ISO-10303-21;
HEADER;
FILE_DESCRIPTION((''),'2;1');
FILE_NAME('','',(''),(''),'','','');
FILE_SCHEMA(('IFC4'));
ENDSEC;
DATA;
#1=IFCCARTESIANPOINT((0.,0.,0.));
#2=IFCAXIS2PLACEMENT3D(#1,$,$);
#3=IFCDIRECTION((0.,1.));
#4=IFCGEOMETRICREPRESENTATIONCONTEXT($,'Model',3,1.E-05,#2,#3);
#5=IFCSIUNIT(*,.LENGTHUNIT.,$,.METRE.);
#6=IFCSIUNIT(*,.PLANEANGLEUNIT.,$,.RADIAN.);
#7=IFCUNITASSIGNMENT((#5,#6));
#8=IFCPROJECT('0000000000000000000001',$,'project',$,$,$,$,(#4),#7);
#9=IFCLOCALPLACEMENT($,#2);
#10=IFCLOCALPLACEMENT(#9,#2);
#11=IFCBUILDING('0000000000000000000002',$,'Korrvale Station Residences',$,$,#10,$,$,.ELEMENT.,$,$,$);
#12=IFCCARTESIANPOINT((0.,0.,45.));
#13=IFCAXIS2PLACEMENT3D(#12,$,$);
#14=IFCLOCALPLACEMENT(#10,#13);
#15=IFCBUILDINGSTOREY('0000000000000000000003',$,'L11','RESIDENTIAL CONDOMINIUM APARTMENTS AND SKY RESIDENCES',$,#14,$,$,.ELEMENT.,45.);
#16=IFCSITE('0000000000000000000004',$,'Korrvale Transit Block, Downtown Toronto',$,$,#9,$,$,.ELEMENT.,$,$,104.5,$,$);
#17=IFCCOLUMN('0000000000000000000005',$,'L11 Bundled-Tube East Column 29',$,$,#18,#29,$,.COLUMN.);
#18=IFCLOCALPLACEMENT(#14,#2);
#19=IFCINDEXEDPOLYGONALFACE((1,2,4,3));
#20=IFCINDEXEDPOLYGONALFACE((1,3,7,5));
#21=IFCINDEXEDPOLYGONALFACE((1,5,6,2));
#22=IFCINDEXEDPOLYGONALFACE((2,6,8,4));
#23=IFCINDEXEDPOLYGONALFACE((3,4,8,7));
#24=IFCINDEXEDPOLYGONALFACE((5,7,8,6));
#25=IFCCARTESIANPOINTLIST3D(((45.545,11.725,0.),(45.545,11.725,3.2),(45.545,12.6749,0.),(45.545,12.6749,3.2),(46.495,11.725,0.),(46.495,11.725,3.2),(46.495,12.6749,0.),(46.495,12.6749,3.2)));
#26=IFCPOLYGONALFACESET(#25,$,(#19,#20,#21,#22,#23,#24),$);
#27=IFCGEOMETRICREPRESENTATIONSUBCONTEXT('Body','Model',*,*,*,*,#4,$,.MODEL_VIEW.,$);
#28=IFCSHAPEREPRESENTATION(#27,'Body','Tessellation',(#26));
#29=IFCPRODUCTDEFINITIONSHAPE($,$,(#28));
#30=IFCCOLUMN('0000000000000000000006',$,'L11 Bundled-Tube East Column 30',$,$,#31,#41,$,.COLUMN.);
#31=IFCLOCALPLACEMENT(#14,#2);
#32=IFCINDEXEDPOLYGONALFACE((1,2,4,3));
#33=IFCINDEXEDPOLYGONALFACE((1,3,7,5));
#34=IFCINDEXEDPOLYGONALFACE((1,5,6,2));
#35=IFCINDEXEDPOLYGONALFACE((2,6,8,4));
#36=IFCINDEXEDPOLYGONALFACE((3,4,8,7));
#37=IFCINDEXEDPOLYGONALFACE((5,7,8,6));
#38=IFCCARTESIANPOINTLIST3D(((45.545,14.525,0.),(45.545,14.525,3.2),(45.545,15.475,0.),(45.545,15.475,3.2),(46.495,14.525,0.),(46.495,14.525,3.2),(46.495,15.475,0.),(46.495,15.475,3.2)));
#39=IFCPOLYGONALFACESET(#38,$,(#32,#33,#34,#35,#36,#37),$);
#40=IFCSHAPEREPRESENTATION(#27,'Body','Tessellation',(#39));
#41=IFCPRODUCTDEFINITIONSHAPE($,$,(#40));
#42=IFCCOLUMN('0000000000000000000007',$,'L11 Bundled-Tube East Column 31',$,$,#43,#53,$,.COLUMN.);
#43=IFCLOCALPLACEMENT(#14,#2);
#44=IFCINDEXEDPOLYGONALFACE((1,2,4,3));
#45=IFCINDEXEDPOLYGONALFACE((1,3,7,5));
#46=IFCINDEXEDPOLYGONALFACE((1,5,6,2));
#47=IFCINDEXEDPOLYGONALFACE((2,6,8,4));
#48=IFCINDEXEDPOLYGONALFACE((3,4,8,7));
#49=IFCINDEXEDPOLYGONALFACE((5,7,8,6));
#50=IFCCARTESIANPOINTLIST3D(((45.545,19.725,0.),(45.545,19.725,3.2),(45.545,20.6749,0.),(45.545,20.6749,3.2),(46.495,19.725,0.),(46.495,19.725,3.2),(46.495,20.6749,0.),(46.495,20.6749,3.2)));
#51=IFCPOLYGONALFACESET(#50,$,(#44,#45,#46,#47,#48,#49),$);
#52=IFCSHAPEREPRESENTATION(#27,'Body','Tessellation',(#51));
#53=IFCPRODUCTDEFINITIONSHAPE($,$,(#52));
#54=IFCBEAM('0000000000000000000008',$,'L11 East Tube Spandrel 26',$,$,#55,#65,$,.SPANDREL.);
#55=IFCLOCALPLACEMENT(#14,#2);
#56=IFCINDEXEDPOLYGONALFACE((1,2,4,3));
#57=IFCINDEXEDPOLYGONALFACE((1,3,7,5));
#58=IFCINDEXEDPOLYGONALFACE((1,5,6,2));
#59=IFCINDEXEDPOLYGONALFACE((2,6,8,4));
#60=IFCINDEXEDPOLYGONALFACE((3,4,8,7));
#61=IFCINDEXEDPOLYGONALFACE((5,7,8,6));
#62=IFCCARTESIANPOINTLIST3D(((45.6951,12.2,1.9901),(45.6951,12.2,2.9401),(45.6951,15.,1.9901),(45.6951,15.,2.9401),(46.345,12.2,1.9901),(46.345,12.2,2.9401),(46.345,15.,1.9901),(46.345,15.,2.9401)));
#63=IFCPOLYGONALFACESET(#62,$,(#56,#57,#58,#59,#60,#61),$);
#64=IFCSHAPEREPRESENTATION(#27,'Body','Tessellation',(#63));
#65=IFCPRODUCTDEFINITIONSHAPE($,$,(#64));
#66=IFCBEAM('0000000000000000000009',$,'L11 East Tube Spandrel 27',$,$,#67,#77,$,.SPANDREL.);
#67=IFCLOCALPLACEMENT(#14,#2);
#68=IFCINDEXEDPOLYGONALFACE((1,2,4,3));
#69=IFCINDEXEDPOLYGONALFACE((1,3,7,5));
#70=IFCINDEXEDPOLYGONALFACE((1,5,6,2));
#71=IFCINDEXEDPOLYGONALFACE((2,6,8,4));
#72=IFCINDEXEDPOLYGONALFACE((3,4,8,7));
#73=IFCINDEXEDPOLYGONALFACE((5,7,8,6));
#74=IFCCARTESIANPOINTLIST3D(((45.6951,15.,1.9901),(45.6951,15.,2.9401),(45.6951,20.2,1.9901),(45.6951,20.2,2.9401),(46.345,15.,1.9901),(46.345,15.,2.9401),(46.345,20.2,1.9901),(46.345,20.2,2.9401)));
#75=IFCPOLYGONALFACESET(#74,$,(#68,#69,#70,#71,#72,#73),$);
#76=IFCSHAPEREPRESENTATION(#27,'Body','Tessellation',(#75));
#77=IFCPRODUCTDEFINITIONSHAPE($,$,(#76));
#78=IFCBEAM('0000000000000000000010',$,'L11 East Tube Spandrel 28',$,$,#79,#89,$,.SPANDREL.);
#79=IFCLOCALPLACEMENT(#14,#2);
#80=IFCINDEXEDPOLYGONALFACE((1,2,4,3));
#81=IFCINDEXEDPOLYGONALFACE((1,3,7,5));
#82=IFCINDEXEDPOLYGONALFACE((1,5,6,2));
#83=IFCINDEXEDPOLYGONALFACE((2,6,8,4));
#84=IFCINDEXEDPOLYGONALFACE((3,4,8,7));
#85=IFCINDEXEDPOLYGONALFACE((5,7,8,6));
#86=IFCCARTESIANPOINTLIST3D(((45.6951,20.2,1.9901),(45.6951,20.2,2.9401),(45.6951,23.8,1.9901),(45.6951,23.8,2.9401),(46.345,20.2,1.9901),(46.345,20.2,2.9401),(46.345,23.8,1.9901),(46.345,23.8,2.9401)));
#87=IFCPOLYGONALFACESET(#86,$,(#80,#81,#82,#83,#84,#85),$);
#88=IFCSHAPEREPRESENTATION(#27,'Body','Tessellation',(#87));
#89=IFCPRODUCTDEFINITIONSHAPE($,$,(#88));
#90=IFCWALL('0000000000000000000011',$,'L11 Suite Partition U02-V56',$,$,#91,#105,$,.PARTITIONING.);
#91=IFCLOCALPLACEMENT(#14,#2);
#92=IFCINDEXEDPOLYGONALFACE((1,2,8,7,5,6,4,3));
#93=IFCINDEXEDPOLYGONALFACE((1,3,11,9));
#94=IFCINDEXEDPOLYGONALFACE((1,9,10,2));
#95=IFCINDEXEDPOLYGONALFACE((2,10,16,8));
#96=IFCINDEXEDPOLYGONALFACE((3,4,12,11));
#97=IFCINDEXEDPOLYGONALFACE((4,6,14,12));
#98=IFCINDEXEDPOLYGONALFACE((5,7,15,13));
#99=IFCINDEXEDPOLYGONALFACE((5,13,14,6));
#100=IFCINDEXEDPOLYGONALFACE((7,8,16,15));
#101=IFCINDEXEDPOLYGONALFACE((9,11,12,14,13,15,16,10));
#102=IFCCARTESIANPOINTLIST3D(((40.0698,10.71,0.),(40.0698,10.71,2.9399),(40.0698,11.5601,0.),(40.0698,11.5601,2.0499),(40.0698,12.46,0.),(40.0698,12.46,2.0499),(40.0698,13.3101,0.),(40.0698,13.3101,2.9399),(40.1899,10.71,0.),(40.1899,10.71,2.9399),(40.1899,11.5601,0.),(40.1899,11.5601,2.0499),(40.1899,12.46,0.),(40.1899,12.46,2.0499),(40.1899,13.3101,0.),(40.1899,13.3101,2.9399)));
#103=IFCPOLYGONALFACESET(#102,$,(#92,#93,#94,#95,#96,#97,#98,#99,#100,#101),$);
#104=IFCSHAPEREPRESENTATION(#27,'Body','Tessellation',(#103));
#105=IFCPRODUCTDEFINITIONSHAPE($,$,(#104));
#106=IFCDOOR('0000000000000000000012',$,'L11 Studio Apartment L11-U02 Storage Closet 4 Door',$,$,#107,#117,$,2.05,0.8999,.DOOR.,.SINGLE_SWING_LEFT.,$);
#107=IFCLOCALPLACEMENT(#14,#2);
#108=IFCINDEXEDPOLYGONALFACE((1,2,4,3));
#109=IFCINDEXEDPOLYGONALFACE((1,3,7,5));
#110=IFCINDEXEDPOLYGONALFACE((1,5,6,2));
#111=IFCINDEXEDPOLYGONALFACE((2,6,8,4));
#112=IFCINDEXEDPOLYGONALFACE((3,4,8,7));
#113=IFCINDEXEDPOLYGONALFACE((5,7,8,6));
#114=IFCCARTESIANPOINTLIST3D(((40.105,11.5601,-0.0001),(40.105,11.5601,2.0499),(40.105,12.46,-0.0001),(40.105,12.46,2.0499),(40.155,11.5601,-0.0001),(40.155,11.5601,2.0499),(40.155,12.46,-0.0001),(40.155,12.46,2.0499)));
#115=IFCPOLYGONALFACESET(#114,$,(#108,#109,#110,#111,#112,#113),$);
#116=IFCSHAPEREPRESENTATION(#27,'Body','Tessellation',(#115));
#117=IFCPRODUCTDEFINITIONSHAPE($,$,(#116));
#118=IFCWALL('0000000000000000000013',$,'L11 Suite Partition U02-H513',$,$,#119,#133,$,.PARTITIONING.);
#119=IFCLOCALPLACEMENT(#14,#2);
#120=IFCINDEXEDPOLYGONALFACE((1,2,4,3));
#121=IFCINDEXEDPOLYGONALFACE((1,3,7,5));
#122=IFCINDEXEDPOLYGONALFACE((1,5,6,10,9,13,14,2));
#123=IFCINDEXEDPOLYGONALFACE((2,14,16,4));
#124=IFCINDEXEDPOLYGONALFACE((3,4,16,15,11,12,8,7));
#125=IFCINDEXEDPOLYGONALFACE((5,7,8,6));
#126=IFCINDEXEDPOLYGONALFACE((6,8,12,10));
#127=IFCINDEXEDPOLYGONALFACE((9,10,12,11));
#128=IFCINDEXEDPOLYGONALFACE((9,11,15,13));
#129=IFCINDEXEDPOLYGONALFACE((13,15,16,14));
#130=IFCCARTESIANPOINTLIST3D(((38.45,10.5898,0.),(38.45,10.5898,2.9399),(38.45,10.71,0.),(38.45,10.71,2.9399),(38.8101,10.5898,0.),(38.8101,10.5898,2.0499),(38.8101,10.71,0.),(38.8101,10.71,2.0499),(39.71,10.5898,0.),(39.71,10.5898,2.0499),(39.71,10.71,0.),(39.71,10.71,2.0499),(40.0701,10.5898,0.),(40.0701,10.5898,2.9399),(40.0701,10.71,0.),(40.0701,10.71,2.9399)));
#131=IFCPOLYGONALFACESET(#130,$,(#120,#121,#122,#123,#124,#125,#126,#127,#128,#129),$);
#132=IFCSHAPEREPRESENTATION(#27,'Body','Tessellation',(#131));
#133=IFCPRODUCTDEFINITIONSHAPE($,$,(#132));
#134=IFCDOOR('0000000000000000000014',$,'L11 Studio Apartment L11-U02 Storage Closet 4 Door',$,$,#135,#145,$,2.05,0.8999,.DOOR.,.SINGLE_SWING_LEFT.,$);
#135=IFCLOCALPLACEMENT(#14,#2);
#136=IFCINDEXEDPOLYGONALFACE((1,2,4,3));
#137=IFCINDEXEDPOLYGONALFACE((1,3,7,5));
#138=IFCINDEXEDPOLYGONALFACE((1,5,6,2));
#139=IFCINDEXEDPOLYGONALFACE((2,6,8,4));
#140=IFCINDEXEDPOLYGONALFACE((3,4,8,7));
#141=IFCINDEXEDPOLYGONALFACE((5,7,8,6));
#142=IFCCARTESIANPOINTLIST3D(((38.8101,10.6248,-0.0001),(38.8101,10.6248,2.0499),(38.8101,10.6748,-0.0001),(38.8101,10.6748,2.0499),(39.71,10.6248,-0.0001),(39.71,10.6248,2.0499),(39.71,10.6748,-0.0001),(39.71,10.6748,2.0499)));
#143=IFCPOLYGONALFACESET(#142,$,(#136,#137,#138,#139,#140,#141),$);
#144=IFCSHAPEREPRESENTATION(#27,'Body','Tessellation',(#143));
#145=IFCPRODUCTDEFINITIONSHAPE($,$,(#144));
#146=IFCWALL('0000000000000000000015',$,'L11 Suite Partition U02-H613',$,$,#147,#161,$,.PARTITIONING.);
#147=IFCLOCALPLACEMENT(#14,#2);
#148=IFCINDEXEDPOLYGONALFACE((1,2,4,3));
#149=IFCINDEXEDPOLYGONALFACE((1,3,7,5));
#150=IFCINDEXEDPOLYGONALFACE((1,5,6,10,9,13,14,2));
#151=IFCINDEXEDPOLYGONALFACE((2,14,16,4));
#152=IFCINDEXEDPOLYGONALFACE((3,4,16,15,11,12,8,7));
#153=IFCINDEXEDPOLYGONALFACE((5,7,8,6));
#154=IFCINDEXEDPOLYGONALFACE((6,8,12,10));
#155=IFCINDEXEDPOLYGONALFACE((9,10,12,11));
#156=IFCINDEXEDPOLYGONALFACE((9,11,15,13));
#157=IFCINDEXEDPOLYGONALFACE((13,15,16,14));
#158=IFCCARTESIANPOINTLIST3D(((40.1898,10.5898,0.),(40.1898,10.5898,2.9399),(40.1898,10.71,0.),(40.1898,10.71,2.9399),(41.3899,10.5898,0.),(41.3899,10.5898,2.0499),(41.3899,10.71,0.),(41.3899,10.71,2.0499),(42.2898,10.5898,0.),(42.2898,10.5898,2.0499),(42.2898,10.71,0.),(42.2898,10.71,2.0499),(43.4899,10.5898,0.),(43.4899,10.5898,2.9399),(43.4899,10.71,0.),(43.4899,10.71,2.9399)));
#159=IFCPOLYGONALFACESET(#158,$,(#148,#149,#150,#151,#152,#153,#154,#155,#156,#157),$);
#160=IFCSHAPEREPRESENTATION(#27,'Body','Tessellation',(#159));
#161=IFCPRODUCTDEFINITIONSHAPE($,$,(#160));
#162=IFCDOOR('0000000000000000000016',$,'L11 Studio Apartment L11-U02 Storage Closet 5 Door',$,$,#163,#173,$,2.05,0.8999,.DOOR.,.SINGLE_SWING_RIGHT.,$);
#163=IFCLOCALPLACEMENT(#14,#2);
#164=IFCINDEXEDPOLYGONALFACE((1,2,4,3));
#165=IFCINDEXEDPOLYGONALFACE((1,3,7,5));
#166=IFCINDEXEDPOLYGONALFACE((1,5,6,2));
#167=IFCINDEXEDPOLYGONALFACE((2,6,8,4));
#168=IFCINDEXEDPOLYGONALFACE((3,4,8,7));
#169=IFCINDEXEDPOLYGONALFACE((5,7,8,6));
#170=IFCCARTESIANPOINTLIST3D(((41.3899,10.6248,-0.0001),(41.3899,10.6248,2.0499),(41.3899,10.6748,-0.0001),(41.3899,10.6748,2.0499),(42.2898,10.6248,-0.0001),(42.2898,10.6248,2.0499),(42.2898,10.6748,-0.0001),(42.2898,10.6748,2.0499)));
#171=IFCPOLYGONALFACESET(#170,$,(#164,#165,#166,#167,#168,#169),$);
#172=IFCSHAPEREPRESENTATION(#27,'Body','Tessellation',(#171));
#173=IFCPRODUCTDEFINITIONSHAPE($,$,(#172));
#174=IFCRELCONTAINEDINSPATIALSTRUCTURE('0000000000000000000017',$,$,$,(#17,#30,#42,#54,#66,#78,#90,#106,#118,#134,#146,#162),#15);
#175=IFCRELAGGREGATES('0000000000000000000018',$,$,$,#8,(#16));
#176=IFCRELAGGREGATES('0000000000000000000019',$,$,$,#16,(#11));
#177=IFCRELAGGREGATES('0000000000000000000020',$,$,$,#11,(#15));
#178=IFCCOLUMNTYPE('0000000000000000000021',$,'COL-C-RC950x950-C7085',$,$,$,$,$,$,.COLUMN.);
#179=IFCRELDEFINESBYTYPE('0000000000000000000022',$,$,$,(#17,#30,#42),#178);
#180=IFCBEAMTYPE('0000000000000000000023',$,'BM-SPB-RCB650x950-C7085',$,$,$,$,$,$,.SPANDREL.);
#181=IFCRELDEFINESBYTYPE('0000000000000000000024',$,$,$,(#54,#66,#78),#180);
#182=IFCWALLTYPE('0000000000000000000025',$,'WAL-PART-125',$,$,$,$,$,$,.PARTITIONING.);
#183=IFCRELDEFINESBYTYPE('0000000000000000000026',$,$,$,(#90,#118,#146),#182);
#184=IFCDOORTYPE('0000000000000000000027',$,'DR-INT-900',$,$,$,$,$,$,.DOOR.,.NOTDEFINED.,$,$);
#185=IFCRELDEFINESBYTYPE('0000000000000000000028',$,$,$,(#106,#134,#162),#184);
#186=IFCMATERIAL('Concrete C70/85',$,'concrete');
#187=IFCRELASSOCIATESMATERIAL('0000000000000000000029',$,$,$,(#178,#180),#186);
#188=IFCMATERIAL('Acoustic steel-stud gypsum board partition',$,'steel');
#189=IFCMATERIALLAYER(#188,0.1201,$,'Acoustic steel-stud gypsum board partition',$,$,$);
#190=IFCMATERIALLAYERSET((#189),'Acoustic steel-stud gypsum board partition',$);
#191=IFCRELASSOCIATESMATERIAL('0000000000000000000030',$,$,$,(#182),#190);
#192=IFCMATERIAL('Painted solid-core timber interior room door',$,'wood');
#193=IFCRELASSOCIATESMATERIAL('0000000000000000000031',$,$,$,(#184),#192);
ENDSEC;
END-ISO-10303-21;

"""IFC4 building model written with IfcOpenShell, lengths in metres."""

from ifc_helpers import new_model, si_unit, direction, frame, frame_2d, origin, origin_2d, place, context, subcontext, project, spatial, rectangle, extrude, material, layer, layer_set, material_profile, profile_set, type_object, element, fill, save


model = new_model("IFC4")

# Units and contexts
model_context = context("Model", 3, precision=1e-05, world=origin(), true_north=direction((0.0, 1.0)))
body_context = subcontext(model_context, "Body", "Model", "MODEL_VIEW")
ifc_project = project(units=[si_unit("LENGTHUNIT", "METRE"), si_unit("PLANEANGLEUNIT", "RADIAN")], contexts=[model_context])

# Site, building, storey
site_placement = place(None, origin())
site = spatial("IfcSite", under=ifc_project, at=site_placement, Name="Korrvale Transit Block, Downtown Toronto", CompositionType="ELEMENT", RefElevation=104.5)
building_placement = place(site_placement, origin())
building = spatial("IfcBuilding", under=site, at=building_placement, Name="Korrvale Station Residences", CompositionType="ELEMENT")
storey_placement = place(building_placement, frame((0.0, 0.0, 45.0)))
storey = spatial("IfcBuildingStorey", under=building, at=storey_placement, Name="L11", Description="RESIDENTIAL CONDOMINIUM APARTMENTS AND SKY RESIDENCES", CompositionType="ELEMENT", Elevation=45.0)

# Columns
ifc_material_1 = material(Name="Concrete C70/85", Category="concrete")
ifc_material_profile_1 = material_profile(ifc_material_1, rectangle(XDim=0.95, YDim=0.95, at=origin_2d()), Name="RC950x950")
ifc_profile_set_1 = profile_set([ifc_material_profile_1], Name="Concrete C70/85")
column_type = type_object("IfcColumnType", Name="COL-C-RC950x950-C7085", PredefinedType="COLUMN", material=ifc_profile_set_1)
for number, where, z_axis, x_axis, name in (
    (1, (46.02, 12.2, 0.0), (0.0, 0.0, 1.0), (1.0, 0.0, 0.0), "L11 Bundled-Tube East Column 29"),
    (2, (46.02, 15.0, 0.0), (0.0, 0.0, 1.0), (1.0, 0.0, 0.0), "L11 Bundled-Tube East Column 30"),
    (3, (46.02, 20.2, 0.0), (0.0, 0.0, 1.0), (1.0, 0.0, 0.0), "L11 Bundled-Tube East Column 31"),
):
    element("IfcColumn", number, at=place(storey_placement, frame(where, z_axis=z_axis, x_axis=x_axis)), inside=storey, type_object=column_type, Name=name, PredefinedType="COLUMN", context=body_context, shape_type="SweptSolid", body=[
        extrude(rectangle(XDim=0.95, YDim=0.95, at=origin_2d()), origin(), (0.0, 0.0, 1.0), 3.2),
    ])

# Beams
ifc_material_profile_2 = material_profile(ifc_material_1, rectangle(XDim=0.6499, YDim=0.95, at=origin_2d()), Name="RCB650x950")
ifc_profile_set_2 = profile_set([ifc_material_profile_2], Name="Concrete C70/85")
beam_type = type_object("IfcBeamType", Name="BM-SPB-RCB650x950-C7085", PredefinedType="SPANDREL", material=ifc_profile_set_2)
beam_1_placement = place(storey_placement, frame((46.02, 12.2, 2.4651), z_axis=(0.0, 1.0, 0.0), x_axis=(-1.0, 0.0, 0.0)))
element("IfcBeam", 4, at=beam_1_placement, inside=storey, type_object=beam_type, Name="L11 East Tube Spandrel 26", PredefinedType="SPANDREL", context=body_context, shape_type="SweptSolid", body=[
    extrude(rectangle(XDim=0.6499, YDim=0.95, at=origin_2d()), origin(), (0.0, 0.0, 1.0), 2.8),
])
beam_2_placement = place(storey_placement, frame((46.02, 15.0, 2.4651), z_axis=(0.0, 1.0, 0.0), x_axis=(-1.0, 0.0, 0.0)))
element("IfcBeam", 5, at=beam_2_placement, inside=storey, type_object=beam_type, Name="L11 East Tube Spandrel 27", PredefinedType="SPANDREL", context=body_context, shape_type="SweptSolid", body=[
    extrude(rectangle(XDim=0.6499, YDim=0.95, at=origin_2d()), origin(), (0.0, 0.0, 1.0), 5.2),
])
beam_3_placement = place(storey_placement, frame((46.02, 20.2, 2.4651), z_axis=(0.0, 1.0, 0.0), x_axis=(-1.0, 0.0, 0.0)))
element("IfcBeam", 6, at=beam_3_placement, inside=storey, type_object=beam_type, Name="L11 East Tube Spandrel 28", PredefinedType="SPANDREL", context=body_context, shape_type="SweptSolid", body=[
    extrude(rectangle(XDim=0.6499, YDim=0.95, at=origin_2d()), origin(), (0.0, 0.0, 1.0), 3.6001),
])

# Walls, openings, doors
ifc_material_2 = material(Name="Acoustic steel-stud gypsum board partition", Category="steel")
ifc_layer_1 = layer(ifc_material_2, 0.1201, Name="Acoustic steel-stud gypsum board partition")
ifc_layer_set_1 = layer_set([ifc_layer_1], Name="Acoustic steel-stud gypsum board partition")
wall_type_1 = type_object("IfcWallType", Name="WAL-PART-125", PredefinedType="PARTITIONING", material=ifc_layer_set_1)
wall_1_placement = place(storey_placement, frame((40.1299, 10.71, 0.0), z_axis=(0.0, 0.0, 1.0), x_axis=(0.0, 1.0, 0.0)))
wall_1 = element("IfcWall", 7, at=wall_1_placement, inside=storey, type_object=wall_type_1, Name="L11 Suite Partition U02-V56", PredefinedType="PARTITIONING", context=body_context, shape_type="SweptSolid", body=[
    extrude(rectangle(XDim=2.6001, YDim=0.1201, at=frame_2d((1.3, 0.0))), origin(), (0.0, 0.0, 1.0), 2.9399),
])
opening_1_placement = place(wall_1_placement, frame((0.8501, 0.0, 0.0)))
opening_1 = element("IfcOpeningElement", 8, at=opening_1_placement, cuts=wall_1, PredefinedType="OPENING", context=body_context, shape_type="SweptSolid", body=[
    extrude(rectangle(XDim=0.8999, YDim=2.05, at=frame_2d((0.45, 1.0249))), frame((0.0, 0.0701, 0.0), z_axis=(0.0, -1.0, 0.0), x_axis=(1.0, 0.0, 0.0)), (0.0, 0.0, 1.0), 0.1401),
])
ifc_material_3 = material(Name="Painted solid-core timber interior room door", Category="wood")
door_type = type_object("IfcDoorType", Name="DR-INT-900", OperationType="NOTDEFINED", PredefinedType="DOOR", material=ifc_material_3)
door_1_placement = place(opening_1_placement, origin())
door_1 = element("IfcDoor", 9, at=door_1_placement, inside=storey, type_object=door_type, Name="L11 Studio Apartment L11-U02 Storage Closet 4 Door", OperationType="SINGLE_SWING_LEFT", OverallHeight=2.05, OverallWidth=0.8999, PredefinedType="DOOR", context=body_context, shape_type="SweptSolid", body=[
    extrude(rectangle(XDim=0.8999, YDim=2.05, at=frame_2d((0.45, 1.0249))), frame((0.0, 0.0249, 0.0), z_axis=(0.0, -1.0, 0.0), x_axis=(1.0, 0.0, 0.0)), (0.0, 0.0, 1.0), 0.05),
])
fill(opening_1, door_1)
wall_2_placement = place(storey_placement, frame((38.45, 10.6499, 0.0), z_axis=(0.0, 0.0, 1.0), x_axis=(1.0, 0.0, 0.0)))
wall_2 = element("IfcWall", 10, at=wall_2_placement, inside=storey, type_object=wall_type_1, Name="L11 Suite Partition U02-H513", PredefinedType="PARTITIONING", context=body_context, shape_type="SweptSolid", body=[
    extrude(rectangle(XDim=1.6201, YDim=0.1201, at=frame_2d((0.8101, 0.0))), origin(), (0.0, 0.0, 1.0), 2.9399),
])
opening_2_placement = place(wall_2_placement, frame((0.3601, 0.0, 0.0)))
opening_2 = element("IfcOpeningElement", 11, at=opening_2_placement, cuts=wall_2, PredefinedType="OPENING", context=body_context, shape_type="SweptSolid", body=[
    extrude(rectangle(XDim=0.8999, YDim=2.05, at=frame_2d((0.45, 1.0249))), frame((0.0, 0.0701, 0.0), z_axis=(0.0, -1.0, 0.0), x_axis=(1.0, 0.0, 0.0)), (0.0, 0.0, 1.0), 0.1401),
])
door_2_placement = place(opening_2_placement, origin())
door_2 = element("IfcDoor", 12, at=door_2_placement, inside=storey, type_object=door_type, Name="L11 Studio Apartment L11-U02 Storage Closet 4 Door", OperationType="SINGLE_SWING_LEFT", OverallHeight=2.05, OverallWidth=0.8999, PredefinedType="DOOR", context=body_context, shape_type="SweptSolid", body=[
    extrude(rectangle(XDim=0.8999, YDim=2.05, at=frame_2d((0.45, 1.0249))), frame((0.0, 0.0249, 0.0), z_axis=(0.0, -1.0, 0.0), x_axis=(1.0, 0.0, 0.0)), (0.0, 0.0, 1.0), 0.05),
])
fill(opening_2, door_2)
wall_3_placement = place(storey_placement, frame((40.1899, 10.6499, 0.0), z_axis=(0.0, 0.0, 1.0), x_axis=(1.0, 0.0, 0.0)))
wall_3 = element("IfcWall", 13, at=wall_3_placement, inside=storey, type_object=wall_type_1, Name="L11 Suite Partition U02-H613", PredefinedType="PARTITIONING", context=body_context, shape_type="SweptSolid", body=[
    extrude(rectangle(XDim=3.3, YDim=0.1201, at=frame_2d((1.6499, 0.0))), origin(), (0.0, 0.0, 1.0), 2.9399),
])
opening_3_placement = place(wall_3_placement, frame((1.2, 0.0, 0.0)))
opening_3 = element("IfcOpeningElement", 14, at=opening_3_placement, cuts=wall_3, PredefinedType="OPENING", context=body_context, shape_type="SweptSolid", body=[
    extrude(rectangle(XDim=0.8999, YDim=2.05, at=frame_2d((0.45, 1.0249))), frame((0.0, 0.0701, 0.0), z_axis=(0.0, -1.0, 0.0), x_axis=(1.0, 0.0, 0.0)), (0.0, 0.0, 1.0), 0.1401),
])
door_3_placement = place(opening_3_placement, origin())
door_3 = element("IfcDoor", 15, at=door_3_placement, inside=storey, type_object=door_type, Name="L11 Studio Apartment L11-U02 Storage Closet 5 Door", OperationType="SINGLE_SWING_RIGHT", OverallHeight=2.05, OverallWidth=0.8999, PredefinedType="DOOR", context=body_context, shape_type="SweptSolid", body=[
    extrude(rectangle(XDim=0.8999, YDim=2.05, at=frame_2d((0.45, 1.0249))), frame((0.0, 0.0249, 0.0), z_axis=(0.0, -1.0, 0.0), x_axis=(1.0, 0.0, 0.0)), (0.0, 0.0, 1.0), 0.05),
])
fill(opening_3, door_3)

save(model, "model.ifc")
